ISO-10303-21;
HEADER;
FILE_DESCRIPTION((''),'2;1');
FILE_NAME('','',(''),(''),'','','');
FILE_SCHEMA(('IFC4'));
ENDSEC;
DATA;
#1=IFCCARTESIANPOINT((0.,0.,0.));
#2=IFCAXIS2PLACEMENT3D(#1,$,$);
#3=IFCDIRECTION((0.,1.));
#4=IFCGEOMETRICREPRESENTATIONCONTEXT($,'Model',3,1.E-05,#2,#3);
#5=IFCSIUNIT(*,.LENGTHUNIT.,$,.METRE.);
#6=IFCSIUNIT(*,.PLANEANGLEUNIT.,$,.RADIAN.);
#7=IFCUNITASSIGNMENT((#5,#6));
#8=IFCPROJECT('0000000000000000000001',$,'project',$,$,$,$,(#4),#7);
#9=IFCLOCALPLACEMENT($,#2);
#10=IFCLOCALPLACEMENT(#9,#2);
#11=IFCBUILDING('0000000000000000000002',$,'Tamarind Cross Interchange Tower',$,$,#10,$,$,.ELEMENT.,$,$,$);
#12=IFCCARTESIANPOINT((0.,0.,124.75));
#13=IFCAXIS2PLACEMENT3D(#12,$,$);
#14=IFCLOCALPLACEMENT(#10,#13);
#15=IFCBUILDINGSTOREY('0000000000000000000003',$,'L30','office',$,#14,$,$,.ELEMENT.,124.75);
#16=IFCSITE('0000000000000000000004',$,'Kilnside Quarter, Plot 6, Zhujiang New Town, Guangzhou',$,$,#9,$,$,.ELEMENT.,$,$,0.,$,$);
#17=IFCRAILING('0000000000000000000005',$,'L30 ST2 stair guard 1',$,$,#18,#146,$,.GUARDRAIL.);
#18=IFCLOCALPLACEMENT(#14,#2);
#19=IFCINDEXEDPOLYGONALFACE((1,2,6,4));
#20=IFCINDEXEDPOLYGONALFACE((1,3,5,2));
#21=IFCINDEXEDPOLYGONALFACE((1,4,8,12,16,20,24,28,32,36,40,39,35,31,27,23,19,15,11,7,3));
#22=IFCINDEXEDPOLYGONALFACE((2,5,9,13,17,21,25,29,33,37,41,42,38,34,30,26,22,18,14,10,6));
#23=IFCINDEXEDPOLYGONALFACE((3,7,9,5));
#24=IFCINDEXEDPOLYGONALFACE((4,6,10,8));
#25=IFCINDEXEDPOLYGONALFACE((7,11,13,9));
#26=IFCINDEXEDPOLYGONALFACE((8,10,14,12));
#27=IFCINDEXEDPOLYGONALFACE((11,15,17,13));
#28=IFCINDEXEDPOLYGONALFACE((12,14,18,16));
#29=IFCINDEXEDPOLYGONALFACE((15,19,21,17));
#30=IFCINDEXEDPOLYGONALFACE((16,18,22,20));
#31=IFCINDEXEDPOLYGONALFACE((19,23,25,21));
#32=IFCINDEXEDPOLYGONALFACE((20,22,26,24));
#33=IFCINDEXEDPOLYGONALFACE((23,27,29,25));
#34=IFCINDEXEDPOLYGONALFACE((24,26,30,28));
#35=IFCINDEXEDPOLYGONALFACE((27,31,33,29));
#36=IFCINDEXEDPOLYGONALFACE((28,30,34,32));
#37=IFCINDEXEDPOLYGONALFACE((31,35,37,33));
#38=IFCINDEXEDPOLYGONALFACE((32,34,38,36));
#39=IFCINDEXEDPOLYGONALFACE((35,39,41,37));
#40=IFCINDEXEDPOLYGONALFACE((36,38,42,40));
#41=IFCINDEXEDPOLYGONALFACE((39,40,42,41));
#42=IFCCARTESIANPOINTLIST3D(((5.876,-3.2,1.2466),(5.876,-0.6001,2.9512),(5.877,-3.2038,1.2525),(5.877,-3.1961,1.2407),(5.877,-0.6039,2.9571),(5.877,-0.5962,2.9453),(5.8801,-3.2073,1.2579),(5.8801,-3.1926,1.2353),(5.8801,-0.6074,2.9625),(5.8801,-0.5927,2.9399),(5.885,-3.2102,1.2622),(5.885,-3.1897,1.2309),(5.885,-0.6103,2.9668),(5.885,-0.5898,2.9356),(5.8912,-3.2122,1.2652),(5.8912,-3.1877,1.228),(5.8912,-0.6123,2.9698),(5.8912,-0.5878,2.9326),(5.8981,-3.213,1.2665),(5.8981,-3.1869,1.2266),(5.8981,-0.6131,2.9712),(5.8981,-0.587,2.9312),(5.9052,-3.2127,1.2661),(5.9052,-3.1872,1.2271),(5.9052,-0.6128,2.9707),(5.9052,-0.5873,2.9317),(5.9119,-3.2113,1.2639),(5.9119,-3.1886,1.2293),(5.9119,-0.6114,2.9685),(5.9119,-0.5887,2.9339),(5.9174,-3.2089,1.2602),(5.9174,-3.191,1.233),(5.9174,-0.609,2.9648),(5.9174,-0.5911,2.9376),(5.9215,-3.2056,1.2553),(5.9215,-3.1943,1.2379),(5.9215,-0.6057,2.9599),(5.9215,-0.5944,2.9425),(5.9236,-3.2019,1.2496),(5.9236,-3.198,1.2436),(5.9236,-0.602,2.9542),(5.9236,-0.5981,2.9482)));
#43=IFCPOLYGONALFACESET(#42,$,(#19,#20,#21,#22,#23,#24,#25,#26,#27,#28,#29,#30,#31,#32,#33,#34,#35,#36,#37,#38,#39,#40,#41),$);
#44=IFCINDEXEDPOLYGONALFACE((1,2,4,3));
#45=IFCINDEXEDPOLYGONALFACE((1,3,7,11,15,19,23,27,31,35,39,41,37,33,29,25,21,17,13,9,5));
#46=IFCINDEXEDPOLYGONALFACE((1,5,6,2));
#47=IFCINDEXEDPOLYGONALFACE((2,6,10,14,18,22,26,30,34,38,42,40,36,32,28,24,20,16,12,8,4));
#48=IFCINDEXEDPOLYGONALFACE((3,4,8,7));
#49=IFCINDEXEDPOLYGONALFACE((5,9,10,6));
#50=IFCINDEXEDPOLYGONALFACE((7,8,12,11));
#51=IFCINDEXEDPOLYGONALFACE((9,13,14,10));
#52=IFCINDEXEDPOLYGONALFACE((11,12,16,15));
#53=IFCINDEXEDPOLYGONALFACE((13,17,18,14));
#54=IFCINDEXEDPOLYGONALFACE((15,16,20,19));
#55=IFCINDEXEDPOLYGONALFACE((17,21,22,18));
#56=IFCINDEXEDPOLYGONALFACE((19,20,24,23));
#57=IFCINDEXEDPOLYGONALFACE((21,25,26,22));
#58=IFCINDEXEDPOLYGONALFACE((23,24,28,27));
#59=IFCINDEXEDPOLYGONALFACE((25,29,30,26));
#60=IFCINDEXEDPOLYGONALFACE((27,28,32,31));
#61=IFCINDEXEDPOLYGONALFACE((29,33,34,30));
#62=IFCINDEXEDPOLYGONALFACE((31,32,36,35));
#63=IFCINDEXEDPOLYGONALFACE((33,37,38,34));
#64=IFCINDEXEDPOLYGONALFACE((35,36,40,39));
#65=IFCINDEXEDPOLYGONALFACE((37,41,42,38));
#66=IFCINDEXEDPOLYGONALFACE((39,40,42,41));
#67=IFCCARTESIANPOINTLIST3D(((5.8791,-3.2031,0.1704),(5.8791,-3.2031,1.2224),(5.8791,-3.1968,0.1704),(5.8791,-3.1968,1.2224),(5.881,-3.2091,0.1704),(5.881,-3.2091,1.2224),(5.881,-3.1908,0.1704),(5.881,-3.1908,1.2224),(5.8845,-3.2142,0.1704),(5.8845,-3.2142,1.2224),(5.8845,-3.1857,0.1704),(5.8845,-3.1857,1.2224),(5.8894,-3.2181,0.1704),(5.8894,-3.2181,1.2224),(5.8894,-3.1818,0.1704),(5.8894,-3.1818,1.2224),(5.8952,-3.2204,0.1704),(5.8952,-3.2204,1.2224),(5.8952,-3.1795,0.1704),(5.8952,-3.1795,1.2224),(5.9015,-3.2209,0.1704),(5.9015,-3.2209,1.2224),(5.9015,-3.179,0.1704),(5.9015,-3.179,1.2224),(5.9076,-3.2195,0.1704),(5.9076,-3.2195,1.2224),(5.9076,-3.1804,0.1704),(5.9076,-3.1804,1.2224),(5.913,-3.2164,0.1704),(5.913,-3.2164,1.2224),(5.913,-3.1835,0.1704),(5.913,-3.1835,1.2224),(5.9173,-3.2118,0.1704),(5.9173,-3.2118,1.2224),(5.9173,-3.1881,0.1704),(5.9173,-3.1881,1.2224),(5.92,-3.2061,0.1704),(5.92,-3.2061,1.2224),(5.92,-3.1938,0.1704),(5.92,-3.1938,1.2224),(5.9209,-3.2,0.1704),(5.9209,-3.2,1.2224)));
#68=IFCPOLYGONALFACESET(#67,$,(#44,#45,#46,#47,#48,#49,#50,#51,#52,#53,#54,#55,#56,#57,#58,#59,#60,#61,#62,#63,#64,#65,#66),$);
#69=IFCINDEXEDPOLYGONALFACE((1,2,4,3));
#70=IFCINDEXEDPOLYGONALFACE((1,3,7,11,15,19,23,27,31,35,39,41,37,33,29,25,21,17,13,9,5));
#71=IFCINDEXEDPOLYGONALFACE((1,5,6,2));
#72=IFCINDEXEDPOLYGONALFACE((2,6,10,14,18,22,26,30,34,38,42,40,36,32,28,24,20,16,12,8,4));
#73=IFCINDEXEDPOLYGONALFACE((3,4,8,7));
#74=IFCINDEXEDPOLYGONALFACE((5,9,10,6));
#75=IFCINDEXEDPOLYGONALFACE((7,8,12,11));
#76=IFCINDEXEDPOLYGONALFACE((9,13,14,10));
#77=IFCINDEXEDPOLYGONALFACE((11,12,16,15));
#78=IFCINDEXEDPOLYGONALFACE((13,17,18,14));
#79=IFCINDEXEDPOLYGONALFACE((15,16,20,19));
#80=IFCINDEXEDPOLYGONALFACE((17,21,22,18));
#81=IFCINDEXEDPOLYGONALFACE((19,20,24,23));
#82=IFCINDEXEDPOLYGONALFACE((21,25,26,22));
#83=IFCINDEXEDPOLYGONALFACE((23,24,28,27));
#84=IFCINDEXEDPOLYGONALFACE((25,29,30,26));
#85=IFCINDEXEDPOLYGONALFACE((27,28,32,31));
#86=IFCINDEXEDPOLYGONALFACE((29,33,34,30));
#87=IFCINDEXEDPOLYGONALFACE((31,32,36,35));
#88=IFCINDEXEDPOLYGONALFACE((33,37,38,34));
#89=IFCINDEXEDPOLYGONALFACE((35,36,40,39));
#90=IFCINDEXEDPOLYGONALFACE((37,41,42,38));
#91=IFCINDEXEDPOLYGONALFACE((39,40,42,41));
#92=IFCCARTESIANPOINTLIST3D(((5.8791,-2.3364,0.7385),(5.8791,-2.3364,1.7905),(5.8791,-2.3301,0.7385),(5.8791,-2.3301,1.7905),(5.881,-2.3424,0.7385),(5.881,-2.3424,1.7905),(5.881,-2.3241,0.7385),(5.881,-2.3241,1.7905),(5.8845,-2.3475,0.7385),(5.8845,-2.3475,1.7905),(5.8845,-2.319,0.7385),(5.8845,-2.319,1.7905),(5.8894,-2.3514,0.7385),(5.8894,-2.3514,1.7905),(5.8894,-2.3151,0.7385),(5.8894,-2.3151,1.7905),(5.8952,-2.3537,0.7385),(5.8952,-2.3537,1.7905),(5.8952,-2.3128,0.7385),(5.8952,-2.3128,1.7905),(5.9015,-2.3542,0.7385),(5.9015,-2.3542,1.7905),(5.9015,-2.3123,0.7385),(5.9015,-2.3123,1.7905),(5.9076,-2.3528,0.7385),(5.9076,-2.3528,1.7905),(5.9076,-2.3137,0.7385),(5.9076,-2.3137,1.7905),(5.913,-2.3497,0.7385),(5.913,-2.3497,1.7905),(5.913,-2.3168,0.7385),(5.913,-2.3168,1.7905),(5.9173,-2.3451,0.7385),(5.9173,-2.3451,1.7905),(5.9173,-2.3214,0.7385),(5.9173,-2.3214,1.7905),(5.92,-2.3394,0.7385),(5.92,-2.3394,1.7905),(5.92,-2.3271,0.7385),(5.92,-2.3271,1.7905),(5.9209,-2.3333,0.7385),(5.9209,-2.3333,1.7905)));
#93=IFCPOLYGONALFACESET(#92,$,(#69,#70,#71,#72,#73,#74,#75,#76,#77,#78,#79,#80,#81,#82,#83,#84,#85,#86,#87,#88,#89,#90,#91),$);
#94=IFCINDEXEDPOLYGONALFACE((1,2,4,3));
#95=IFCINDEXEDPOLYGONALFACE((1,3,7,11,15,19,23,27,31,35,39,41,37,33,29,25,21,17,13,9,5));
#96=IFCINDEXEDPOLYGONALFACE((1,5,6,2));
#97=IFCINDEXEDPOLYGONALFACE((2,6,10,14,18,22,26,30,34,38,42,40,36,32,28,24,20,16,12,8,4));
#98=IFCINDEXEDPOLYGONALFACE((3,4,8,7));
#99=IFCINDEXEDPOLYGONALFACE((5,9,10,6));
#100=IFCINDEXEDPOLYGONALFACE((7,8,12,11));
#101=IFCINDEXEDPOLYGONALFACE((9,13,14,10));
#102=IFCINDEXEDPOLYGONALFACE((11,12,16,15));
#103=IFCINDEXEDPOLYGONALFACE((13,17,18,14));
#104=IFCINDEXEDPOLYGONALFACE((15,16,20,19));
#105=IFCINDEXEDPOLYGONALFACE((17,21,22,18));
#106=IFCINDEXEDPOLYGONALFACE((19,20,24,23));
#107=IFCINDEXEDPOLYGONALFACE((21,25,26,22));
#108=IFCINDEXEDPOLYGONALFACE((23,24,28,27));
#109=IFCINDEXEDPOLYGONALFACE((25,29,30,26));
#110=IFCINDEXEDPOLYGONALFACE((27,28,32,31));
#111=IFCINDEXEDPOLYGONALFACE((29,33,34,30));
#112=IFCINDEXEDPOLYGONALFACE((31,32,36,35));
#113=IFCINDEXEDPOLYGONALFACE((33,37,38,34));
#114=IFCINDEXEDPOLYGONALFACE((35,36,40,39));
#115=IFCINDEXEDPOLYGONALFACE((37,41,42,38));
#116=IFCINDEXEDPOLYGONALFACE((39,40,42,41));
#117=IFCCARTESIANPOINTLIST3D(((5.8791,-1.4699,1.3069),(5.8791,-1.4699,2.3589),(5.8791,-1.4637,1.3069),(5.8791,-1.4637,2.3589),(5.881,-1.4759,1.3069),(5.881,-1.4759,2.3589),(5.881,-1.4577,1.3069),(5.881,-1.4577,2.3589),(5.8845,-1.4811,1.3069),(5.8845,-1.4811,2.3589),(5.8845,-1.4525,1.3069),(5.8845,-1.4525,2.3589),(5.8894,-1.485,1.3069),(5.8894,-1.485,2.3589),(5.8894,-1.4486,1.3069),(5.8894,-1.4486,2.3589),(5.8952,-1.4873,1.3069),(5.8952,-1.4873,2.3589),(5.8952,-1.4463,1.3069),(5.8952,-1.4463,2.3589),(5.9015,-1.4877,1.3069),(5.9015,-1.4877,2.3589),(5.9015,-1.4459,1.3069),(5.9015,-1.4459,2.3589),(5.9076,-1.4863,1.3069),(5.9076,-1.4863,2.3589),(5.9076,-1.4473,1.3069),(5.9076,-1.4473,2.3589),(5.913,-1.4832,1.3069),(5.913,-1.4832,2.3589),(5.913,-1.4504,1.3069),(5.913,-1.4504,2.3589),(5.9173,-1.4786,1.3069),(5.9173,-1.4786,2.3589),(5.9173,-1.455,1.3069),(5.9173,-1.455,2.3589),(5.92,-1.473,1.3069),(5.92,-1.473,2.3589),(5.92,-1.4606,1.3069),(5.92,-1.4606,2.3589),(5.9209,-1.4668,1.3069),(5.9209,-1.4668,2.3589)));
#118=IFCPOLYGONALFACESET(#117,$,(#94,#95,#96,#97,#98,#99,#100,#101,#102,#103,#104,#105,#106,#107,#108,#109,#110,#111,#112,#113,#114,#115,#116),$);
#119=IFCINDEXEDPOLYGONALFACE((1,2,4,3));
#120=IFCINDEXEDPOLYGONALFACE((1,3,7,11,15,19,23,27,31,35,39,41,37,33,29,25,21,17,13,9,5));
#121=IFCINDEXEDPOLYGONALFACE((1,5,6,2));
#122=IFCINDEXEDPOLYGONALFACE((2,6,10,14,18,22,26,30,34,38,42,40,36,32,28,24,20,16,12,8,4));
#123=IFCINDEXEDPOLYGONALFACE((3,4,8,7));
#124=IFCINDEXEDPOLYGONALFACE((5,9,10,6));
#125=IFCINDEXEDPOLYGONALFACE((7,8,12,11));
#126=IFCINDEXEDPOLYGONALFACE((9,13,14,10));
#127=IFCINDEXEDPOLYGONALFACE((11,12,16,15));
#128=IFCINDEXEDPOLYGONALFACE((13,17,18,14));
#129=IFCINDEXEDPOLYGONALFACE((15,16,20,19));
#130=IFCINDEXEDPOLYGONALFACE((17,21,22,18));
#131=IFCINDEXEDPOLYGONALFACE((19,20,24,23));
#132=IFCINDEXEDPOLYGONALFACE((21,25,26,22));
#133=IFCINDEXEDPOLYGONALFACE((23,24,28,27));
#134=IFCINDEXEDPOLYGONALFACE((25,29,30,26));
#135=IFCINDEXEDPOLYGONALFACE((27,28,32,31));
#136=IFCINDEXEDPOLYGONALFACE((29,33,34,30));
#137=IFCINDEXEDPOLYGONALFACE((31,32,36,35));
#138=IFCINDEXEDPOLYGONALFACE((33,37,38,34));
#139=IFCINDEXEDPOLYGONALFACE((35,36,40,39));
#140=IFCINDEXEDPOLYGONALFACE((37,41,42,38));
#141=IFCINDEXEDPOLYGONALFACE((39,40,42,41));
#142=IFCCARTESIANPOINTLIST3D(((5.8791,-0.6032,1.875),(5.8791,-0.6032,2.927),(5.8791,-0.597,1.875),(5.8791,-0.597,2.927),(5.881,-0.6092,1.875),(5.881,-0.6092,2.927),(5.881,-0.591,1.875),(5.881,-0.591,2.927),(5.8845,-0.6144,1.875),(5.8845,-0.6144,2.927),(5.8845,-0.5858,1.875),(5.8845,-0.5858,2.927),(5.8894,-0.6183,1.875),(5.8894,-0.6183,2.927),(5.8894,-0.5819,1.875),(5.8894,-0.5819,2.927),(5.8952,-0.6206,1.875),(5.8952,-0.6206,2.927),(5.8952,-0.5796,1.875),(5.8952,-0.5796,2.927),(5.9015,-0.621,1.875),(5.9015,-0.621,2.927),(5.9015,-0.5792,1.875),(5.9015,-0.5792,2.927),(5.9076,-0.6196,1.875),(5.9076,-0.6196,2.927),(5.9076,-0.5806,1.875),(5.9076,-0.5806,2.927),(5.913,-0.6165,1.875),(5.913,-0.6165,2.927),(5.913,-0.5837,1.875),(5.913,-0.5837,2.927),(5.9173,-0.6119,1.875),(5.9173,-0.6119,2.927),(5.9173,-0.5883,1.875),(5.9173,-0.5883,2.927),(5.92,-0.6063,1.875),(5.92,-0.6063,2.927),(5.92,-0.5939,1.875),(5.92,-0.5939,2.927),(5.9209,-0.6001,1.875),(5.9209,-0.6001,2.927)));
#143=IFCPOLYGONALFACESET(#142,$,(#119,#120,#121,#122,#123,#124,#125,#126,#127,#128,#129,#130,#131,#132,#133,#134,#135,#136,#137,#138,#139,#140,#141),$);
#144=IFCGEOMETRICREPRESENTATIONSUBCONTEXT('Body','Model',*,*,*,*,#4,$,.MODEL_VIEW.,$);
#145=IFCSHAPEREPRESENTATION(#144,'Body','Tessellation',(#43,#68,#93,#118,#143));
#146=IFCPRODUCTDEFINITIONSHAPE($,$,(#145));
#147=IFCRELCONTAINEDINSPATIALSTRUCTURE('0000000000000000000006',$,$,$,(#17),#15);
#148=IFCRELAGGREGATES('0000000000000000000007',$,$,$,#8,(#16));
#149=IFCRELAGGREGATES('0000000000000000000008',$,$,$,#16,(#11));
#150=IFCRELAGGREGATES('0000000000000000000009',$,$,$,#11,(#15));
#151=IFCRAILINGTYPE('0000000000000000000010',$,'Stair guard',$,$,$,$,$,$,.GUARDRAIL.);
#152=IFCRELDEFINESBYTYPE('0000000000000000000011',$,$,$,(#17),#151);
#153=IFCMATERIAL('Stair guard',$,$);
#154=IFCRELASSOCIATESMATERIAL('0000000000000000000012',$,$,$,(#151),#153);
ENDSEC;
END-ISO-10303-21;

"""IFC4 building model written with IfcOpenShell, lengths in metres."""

from ifc_helpers import new_model, si_unit, direction, frame, origin, origin_2d, place, context, subcontext, project, spatial, circle, extrude, material, type_object, element, save


model = new_model("IFC4")

# Units and contexts
model_context = context("Model", 3, precision=1e-05, world=origin(), true_north=direction((0.0, 1.0)))
body_context = subcontext(model_context, "Body", "Model", "MODEL_VIEW")
ifc_project = project(units=[si_unit("LENGTHUNIT", "METRE"), si_unit("PLANEANGLEUNIT", "RADIAN")], contexts=[model_context])

# Site, building, storey
site_placement = place(None, origin())
site = spatial("IfcSite", under=ifc_project, at=site_placement, Name="Kilnside Quarter, Plot 6, Zhujiang New Town, Guangzhou", CompositionType="ELEMENT", RefElevation=0.0)
building_placement = place(site_placement, origin())
building = spatial("IfcBuilding", under=site, at=building_placement, Name="Tamarind Cross Interchange Tower", CompositionType="ELEMENT")
storey_placement = place(building_placement, frame((0.0, 0.0, 124.75)))
storey = spatial("IfcBuildingStorey", under=building, at=storey_placement, Name="L30", Description="office", CompositionType="ELEMENT", Elevation=124.75)

# Railing
ifc_material_1 = material(Name="Stair guard")
railing_type_1 = type_object("IfcRailingType", Name="Stair guard", PredefinedType="GUARDRAIL", material=ifc_material_1)
railing_1_placement = place(storey_placement, frame((5.8999, -3.2, 0.1704)))
element("IfcRailing", 1, at=railing_1_placement, inside=storey, type_object=railing_type_1, Name="L30 ST2 stair guard 1", PredefinedType="GUARDRAIL", context=body_context, shape_type="SweptSolid", body=[
    extrude(circle(Radius=0.0239, at=origin_2d()), frame((0.0, 0.0, 1.0762), z_axis=(0.0, 0.836279, 0.548305), x_axis=(-1.0, 0.0, 0.0)), (0.0, 0.0, 1.0), 3.1089),
    extrude(circle(Radius=0.021, at=origin_2d()), origin(), (0.0, 0.0, 1.0), 1.052),
    extrude(circle(Radius=0.021, at=origin_2d()), frame((0.0, 0.8667, 0.5681)), (0.0, 0.0, 1.0), 1.052),
    extrude(circle(Radius=0.021, at=origin_2d()), frame((0.0, 1.7332, 1.1365)), (0.0, 0.0, 1.0), 1.052),
    extrude(circle(Radius=0.021, at=origin_2d()), frame((0.0, 2.5999, 1.7046)), (0.0, 0.0, 1.0), 1.052),
])

save(model, "model.ifc")
